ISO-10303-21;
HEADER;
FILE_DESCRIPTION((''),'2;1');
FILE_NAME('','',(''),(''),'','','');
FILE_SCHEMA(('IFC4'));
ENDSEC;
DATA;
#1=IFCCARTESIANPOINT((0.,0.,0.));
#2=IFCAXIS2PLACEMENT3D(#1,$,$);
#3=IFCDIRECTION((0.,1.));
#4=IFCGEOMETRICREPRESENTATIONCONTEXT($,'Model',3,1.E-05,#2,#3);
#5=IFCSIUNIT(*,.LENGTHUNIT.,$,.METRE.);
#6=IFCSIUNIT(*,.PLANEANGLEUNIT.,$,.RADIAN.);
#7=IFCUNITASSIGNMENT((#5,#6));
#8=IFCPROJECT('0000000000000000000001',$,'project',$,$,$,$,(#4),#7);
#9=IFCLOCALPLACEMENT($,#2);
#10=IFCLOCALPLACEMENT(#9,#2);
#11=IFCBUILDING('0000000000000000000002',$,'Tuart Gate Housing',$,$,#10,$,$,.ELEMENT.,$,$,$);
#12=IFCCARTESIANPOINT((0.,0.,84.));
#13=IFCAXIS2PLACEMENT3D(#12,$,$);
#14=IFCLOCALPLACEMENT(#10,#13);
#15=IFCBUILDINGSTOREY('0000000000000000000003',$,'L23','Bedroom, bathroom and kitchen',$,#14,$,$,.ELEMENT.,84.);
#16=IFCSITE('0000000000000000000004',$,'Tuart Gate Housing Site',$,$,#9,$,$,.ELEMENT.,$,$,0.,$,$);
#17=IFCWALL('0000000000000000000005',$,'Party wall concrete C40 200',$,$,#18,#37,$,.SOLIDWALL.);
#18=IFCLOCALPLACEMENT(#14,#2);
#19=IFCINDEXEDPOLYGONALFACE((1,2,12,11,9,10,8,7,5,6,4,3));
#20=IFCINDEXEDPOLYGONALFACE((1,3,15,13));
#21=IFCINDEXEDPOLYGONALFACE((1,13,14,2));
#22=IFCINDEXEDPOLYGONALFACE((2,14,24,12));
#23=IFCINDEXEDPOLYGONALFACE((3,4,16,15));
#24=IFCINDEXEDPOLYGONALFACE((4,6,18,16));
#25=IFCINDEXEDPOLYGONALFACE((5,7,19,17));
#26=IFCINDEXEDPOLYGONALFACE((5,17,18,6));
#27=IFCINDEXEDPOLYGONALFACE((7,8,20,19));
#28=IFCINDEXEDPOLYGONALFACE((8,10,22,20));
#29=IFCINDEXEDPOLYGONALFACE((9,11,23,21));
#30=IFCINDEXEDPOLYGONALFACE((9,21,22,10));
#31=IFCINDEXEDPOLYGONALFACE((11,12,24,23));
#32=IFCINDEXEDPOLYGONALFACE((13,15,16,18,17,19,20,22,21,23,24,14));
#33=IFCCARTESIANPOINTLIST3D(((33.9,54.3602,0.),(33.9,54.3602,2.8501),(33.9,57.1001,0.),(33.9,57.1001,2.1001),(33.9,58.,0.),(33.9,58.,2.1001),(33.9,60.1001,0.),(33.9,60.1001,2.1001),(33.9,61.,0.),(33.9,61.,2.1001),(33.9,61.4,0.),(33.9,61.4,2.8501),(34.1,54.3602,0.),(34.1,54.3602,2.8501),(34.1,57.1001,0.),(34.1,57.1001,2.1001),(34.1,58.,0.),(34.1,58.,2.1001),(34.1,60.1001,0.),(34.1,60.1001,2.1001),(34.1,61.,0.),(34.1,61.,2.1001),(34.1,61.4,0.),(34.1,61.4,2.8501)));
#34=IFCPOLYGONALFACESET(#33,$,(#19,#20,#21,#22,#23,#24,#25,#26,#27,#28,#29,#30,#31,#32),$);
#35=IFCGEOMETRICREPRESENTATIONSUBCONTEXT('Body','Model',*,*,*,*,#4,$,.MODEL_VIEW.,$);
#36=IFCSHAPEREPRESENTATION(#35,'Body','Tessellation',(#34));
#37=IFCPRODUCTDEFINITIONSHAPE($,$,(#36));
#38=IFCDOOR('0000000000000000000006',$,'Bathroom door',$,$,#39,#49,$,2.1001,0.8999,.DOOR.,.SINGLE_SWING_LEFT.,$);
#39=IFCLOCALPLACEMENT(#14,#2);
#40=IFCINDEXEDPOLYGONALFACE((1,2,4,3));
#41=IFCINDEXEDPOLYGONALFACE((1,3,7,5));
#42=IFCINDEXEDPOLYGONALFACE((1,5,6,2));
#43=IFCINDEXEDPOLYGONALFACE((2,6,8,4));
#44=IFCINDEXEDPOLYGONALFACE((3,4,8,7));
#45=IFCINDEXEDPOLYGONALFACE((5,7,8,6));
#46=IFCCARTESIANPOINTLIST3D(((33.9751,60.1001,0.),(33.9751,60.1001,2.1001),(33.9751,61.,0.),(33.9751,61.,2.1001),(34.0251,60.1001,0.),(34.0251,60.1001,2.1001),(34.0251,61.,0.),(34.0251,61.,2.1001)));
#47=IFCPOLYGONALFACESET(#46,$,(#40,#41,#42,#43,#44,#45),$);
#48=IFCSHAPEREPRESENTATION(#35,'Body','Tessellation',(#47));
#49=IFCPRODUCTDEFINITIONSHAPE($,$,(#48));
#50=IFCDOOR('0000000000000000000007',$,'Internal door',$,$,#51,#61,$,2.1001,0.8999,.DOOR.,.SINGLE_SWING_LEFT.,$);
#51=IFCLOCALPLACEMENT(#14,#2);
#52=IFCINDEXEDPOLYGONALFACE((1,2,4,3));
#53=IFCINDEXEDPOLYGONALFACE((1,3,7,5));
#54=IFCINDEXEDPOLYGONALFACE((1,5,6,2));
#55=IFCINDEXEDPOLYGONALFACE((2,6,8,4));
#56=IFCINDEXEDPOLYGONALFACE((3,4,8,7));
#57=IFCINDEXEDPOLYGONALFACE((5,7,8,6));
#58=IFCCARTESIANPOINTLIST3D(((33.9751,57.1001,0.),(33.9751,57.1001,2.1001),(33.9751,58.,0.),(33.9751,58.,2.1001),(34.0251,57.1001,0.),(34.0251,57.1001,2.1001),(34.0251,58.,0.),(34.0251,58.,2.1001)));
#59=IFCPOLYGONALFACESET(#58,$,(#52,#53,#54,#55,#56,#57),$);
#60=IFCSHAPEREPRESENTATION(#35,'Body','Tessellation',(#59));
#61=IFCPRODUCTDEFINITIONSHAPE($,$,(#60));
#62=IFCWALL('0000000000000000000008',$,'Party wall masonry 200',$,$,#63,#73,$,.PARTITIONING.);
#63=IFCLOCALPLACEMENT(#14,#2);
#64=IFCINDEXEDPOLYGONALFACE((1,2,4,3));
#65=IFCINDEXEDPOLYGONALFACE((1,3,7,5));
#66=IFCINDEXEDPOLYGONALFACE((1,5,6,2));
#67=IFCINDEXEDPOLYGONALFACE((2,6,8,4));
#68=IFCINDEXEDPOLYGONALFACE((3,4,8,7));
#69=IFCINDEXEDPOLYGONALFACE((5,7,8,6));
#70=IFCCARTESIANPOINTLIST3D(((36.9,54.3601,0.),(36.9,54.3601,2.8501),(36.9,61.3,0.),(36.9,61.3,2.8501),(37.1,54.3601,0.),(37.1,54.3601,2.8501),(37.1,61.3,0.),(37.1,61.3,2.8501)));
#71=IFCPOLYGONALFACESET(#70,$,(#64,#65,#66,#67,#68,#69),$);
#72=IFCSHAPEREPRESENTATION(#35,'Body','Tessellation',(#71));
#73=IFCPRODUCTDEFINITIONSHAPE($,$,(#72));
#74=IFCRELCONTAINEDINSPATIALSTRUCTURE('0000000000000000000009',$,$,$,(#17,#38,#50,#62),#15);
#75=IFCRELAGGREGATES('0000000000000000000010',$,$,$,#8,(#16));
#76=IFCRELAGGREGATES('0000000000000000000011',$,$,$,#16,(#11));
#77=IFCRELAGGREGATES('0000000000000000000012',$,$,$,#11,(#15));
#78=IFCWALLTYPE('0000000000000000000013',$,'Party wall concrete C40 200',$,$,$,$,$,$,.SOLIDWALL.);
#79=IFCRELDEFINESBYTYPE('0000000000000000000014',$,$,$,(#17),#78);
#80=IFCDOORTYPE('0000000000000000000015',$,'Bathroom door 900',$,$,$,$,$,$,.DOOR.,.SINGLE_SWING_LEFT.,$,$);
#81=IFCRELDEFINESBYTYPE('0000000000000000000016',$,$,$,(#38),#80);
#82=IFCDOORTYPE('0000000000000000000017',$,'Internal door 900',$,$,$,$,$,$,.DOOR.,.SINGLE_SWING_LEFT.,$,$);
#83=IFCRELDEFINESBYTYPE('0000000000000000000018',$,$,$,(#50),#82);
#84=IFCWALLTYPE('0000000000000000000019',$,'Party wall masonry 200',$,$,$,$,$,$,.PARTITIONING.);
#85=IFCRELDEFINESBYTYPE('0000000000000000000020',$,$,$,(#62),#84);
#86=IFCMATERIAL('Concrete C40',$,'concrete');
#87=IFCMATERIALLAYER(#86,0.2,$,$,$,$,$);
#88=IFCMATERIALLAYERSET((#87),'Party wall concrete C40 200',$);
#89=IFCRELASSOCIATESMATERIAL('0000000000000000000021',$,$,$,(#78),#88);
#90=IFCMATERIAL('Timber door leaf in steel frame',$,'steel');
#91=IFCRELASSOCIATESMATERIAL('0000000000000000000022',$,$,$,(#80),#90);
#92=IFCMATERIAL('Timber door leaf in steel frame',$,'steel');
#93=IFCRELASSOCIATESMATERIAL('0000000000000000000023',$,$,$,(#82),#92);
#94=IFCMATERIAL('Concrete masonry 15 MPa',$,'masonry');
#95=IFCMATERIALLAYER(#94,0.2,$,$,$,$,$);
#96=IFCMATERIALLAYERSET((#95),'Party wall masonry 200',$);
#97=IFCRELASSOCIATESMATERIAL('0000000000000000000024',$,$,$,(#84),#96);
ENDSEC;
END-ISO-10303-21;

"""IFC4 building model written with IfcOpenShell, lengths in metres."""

from ifc_helpers import new_model, si_unit, direction, frame, frame_2d, origin, place, context, subcontext, project, spatial, rectangle, extrude, material, layer, layer_set, type_object, element, fill, save


model = new_model("IFC4")

# Units and contexts
model_context = context("Model", 3, precision=1e-05, world=origin(), true_north=direction((0.0, 1.0)))
body_context = subcontext(model_context, "Body", "Model", "MODEL_VIEW")
ifc_project = project(units=[si_unit("LENGTHUNIT", "METRE"), si_unit("PLANEANGLEUNIT", "RADIAN")], contexts=[model_context])

# Site, building, storey
site_placement = place(None, origin())
site = spatial("IfcSite", under=ifc_project, at=site_placement, Name="Tuart Gate Housing Site", CompositionType="ELEMENT", RefElevation=0.0)
building_placement = place(site_placement, origin())
building = spatial("IfcBuilding", under=site, at=building_placement, Name="Tuart Gate Housing", CompositionType="ELEMENT")
storey_placement = place(building_placement, frame((0.0, 0.0, 84.0)))
storey = spatial("IfcBuildingStorey", under=building, at=storey_placement, Name="L23", Description="Bedroom, bathroom and kitchen", CompositionType="ELEMENT", Elevation=84.0)

# Wall, openings, doors
ifc_material_1 = material(Name="Concrete C40", Category="concrete")
ifc_layer_1 = layer(ifc_material_1, 0.2)
ifc_layer_set_1 = layer_set([ifc_layer_1], Name="Party wall concrete C40 200")
wall_type_1 = type_object("IfcWallType", Name="Party wall concrete C40 200", PredefinedType="SOLIDWALL", material=ifc_layer_set_1)
wall_1_placement = place(storey_placement, frame((34.0, 54.3601, 0.0), z_axis=(0.0, 0.0, 1.0), x_axis=(0.0, 1.0, 0.0)))
wall_1 = element("IfcWall", 1, at=wall_1_placement, inside=storey, type_object=wall_type_1, Name="Party wall concrete C40 200", PredefinedType="SOLIDWALL", context=body_context, shape_type="SweptSolid", body=[
    extrude(rectangle(XDim=7.0398, YDim=0.2, at=frame_2d((3.52, 0.0))), origin(), (0.0, 0.0, 1.0), 2.8501),
])
opening_1_placement = place(wall_1_placement, frame((2.74, 0.0, 0.0)))
opening_1 = element("IfcOpeningElement", 2, at=opening_1_placement, cuts=wall_1, PredefinedType="OPENING", context=body_context, shape_type="SweptSolid", body=[
    extrude(rectangle(XDim=0.8999, YDim=2.1001, at=frame_2d((0.45, 1.05))), frame((0.0, 0.1099, 0.0), z_axis=(0.0, -1.0, 0.0), x_axis=(1.0, 0.0, 0.0)), (0.0, 0.0, 1.0), 0.22),
])
opening_2_placement = place(wall_1_placement, frame((5.74, 0.0, 0.0)))
opening_2 = element("IfcOpeningElement", 3, at=opening_2_placement, cuts=wall_1, PredefinedType="OPENING", context=body_context, shape_type="SweptSolid", body=[
    extrude(rectangle(XDim=0.8999, YDim=2.1001, at=frame_2d((0.45, 1.05))), frame((0.0, 0.1099, 0.0), z_axis=(0.0, -1.0, 0.0), x_axis=(1.0, 0.0, 0.0)), (0.0, 0.0, 1.0), 0.22),
])
ifc_material_2 = material(Name="Timber door leaf in steel frame", Category="steel")
door_type_1 = type_object("IfcDoorType", Name="Bathroom door 900", OperationType="SINGLE_SWING_LEFT", PredefinedType="DOOR", material=ifc_material_2)
door_1_placement = place(opening_2_placement, frame((0.8999, 0.0, 0.0), z_axis=(0.0, 0.0, 1.0), x_axis=(-1.0, 0.0, 0.0)))
door_1 = element("IfcDoor", 4, at=door_1_placement, inside=storey, type_object=door_type_1, Name="Bathroom door", OperationType="SINGLE_SWING_LEFT", OverallHeight=2.1001, OverallWidth=0.8999, PredefinedType="DOOR", context=body_context, shape_type="SweptSolid", body=[
    extrude(rectangle(XDim=0.8999, YDim=2.1001, at=frame_2d((0.45, 1.05))), frame((0.0, 0.0251, 0.0), z_axis=(0.0, -1.0, 0.0), x_axis=(1.0, 0.0, 0.0)), (0.0, 0.0, 1.0), 0.05),
])
fill(opening_2, door_1)
ifc_material_3 = material(Name="Timber door leaf in steel frame", Category="steel")
door_type_2 = type_object("IfcDoorType", Name="Internal door 900", OperationType="SINGLE_SWING_LEFT", PredefinedType="DOOR", material=ifc_material_3)
door_2_placement = place(opening_1_placement, frame((0.8999, 0.0, 0.0), z_axis=(0.0, 0.0, 1.0), x_axis=(-1.0, 0.0, 0.0)))
door_2 = element("IfcDoor", 5, at=door_2_placement, inside=storey, type_object=door_type_2, Name="Internal door", OperationType="SINGLE_SWING_LEFT", OverallHeight=2.1001, OverallWidth=0.8999, PredefinedType="DOOR", context=body_context, shape_type="SweptSolid", body=[
    extrude(rectangle(XDim=0.8999, YDim=2.1001, at=frame_2d((0.45, 1.05))), frame((0.0, 0.0251, 0.0), z_axis=(0.0, -1.0, 0.0), x_axis=(1.0, 0.0, 0.0)), (0.0, 0.0, 1.0), 0.05),
])
fill(opening_1, door_2)

# Wall
ifc_material_4 = material(Name="Concrete masonry 15 MPa", Category="masonry")
ifc_layer_2 = layer(ifc_material_4, 0.2)
ifc_layer_set_2 = layer_set([ifc_layer_2], Name="Party wall masonry 200")
wall_type_2 = type_object("IfcWallType", Name="Party wall masonry 200", PredefinedType="PARTITIONING", material=ifc_layer_set_2)
wall_2_placement = place(storey_placement, frame((37.0, 54.3601, 0.0), z_axis=(0.0, 0.0, 1.0), x_axis=(0.0, 1.0, 0.0)))
element("IfcWall", 6, at=wall_2_placement, inside=storey, type_object=wall_type_2, Name="Party wall masonry 200", PredefinedType="PARTITIONING", context=body_context, shape_type="SweptSolid", body=[
    extrude(rectangle(XDim=6.9399, YDim=0.2, at=frame_2d((3.47, 0.0))), origin(), (0.0, 0.0, 1.0), 2.8501),
])

save(model, "model.ifc")
